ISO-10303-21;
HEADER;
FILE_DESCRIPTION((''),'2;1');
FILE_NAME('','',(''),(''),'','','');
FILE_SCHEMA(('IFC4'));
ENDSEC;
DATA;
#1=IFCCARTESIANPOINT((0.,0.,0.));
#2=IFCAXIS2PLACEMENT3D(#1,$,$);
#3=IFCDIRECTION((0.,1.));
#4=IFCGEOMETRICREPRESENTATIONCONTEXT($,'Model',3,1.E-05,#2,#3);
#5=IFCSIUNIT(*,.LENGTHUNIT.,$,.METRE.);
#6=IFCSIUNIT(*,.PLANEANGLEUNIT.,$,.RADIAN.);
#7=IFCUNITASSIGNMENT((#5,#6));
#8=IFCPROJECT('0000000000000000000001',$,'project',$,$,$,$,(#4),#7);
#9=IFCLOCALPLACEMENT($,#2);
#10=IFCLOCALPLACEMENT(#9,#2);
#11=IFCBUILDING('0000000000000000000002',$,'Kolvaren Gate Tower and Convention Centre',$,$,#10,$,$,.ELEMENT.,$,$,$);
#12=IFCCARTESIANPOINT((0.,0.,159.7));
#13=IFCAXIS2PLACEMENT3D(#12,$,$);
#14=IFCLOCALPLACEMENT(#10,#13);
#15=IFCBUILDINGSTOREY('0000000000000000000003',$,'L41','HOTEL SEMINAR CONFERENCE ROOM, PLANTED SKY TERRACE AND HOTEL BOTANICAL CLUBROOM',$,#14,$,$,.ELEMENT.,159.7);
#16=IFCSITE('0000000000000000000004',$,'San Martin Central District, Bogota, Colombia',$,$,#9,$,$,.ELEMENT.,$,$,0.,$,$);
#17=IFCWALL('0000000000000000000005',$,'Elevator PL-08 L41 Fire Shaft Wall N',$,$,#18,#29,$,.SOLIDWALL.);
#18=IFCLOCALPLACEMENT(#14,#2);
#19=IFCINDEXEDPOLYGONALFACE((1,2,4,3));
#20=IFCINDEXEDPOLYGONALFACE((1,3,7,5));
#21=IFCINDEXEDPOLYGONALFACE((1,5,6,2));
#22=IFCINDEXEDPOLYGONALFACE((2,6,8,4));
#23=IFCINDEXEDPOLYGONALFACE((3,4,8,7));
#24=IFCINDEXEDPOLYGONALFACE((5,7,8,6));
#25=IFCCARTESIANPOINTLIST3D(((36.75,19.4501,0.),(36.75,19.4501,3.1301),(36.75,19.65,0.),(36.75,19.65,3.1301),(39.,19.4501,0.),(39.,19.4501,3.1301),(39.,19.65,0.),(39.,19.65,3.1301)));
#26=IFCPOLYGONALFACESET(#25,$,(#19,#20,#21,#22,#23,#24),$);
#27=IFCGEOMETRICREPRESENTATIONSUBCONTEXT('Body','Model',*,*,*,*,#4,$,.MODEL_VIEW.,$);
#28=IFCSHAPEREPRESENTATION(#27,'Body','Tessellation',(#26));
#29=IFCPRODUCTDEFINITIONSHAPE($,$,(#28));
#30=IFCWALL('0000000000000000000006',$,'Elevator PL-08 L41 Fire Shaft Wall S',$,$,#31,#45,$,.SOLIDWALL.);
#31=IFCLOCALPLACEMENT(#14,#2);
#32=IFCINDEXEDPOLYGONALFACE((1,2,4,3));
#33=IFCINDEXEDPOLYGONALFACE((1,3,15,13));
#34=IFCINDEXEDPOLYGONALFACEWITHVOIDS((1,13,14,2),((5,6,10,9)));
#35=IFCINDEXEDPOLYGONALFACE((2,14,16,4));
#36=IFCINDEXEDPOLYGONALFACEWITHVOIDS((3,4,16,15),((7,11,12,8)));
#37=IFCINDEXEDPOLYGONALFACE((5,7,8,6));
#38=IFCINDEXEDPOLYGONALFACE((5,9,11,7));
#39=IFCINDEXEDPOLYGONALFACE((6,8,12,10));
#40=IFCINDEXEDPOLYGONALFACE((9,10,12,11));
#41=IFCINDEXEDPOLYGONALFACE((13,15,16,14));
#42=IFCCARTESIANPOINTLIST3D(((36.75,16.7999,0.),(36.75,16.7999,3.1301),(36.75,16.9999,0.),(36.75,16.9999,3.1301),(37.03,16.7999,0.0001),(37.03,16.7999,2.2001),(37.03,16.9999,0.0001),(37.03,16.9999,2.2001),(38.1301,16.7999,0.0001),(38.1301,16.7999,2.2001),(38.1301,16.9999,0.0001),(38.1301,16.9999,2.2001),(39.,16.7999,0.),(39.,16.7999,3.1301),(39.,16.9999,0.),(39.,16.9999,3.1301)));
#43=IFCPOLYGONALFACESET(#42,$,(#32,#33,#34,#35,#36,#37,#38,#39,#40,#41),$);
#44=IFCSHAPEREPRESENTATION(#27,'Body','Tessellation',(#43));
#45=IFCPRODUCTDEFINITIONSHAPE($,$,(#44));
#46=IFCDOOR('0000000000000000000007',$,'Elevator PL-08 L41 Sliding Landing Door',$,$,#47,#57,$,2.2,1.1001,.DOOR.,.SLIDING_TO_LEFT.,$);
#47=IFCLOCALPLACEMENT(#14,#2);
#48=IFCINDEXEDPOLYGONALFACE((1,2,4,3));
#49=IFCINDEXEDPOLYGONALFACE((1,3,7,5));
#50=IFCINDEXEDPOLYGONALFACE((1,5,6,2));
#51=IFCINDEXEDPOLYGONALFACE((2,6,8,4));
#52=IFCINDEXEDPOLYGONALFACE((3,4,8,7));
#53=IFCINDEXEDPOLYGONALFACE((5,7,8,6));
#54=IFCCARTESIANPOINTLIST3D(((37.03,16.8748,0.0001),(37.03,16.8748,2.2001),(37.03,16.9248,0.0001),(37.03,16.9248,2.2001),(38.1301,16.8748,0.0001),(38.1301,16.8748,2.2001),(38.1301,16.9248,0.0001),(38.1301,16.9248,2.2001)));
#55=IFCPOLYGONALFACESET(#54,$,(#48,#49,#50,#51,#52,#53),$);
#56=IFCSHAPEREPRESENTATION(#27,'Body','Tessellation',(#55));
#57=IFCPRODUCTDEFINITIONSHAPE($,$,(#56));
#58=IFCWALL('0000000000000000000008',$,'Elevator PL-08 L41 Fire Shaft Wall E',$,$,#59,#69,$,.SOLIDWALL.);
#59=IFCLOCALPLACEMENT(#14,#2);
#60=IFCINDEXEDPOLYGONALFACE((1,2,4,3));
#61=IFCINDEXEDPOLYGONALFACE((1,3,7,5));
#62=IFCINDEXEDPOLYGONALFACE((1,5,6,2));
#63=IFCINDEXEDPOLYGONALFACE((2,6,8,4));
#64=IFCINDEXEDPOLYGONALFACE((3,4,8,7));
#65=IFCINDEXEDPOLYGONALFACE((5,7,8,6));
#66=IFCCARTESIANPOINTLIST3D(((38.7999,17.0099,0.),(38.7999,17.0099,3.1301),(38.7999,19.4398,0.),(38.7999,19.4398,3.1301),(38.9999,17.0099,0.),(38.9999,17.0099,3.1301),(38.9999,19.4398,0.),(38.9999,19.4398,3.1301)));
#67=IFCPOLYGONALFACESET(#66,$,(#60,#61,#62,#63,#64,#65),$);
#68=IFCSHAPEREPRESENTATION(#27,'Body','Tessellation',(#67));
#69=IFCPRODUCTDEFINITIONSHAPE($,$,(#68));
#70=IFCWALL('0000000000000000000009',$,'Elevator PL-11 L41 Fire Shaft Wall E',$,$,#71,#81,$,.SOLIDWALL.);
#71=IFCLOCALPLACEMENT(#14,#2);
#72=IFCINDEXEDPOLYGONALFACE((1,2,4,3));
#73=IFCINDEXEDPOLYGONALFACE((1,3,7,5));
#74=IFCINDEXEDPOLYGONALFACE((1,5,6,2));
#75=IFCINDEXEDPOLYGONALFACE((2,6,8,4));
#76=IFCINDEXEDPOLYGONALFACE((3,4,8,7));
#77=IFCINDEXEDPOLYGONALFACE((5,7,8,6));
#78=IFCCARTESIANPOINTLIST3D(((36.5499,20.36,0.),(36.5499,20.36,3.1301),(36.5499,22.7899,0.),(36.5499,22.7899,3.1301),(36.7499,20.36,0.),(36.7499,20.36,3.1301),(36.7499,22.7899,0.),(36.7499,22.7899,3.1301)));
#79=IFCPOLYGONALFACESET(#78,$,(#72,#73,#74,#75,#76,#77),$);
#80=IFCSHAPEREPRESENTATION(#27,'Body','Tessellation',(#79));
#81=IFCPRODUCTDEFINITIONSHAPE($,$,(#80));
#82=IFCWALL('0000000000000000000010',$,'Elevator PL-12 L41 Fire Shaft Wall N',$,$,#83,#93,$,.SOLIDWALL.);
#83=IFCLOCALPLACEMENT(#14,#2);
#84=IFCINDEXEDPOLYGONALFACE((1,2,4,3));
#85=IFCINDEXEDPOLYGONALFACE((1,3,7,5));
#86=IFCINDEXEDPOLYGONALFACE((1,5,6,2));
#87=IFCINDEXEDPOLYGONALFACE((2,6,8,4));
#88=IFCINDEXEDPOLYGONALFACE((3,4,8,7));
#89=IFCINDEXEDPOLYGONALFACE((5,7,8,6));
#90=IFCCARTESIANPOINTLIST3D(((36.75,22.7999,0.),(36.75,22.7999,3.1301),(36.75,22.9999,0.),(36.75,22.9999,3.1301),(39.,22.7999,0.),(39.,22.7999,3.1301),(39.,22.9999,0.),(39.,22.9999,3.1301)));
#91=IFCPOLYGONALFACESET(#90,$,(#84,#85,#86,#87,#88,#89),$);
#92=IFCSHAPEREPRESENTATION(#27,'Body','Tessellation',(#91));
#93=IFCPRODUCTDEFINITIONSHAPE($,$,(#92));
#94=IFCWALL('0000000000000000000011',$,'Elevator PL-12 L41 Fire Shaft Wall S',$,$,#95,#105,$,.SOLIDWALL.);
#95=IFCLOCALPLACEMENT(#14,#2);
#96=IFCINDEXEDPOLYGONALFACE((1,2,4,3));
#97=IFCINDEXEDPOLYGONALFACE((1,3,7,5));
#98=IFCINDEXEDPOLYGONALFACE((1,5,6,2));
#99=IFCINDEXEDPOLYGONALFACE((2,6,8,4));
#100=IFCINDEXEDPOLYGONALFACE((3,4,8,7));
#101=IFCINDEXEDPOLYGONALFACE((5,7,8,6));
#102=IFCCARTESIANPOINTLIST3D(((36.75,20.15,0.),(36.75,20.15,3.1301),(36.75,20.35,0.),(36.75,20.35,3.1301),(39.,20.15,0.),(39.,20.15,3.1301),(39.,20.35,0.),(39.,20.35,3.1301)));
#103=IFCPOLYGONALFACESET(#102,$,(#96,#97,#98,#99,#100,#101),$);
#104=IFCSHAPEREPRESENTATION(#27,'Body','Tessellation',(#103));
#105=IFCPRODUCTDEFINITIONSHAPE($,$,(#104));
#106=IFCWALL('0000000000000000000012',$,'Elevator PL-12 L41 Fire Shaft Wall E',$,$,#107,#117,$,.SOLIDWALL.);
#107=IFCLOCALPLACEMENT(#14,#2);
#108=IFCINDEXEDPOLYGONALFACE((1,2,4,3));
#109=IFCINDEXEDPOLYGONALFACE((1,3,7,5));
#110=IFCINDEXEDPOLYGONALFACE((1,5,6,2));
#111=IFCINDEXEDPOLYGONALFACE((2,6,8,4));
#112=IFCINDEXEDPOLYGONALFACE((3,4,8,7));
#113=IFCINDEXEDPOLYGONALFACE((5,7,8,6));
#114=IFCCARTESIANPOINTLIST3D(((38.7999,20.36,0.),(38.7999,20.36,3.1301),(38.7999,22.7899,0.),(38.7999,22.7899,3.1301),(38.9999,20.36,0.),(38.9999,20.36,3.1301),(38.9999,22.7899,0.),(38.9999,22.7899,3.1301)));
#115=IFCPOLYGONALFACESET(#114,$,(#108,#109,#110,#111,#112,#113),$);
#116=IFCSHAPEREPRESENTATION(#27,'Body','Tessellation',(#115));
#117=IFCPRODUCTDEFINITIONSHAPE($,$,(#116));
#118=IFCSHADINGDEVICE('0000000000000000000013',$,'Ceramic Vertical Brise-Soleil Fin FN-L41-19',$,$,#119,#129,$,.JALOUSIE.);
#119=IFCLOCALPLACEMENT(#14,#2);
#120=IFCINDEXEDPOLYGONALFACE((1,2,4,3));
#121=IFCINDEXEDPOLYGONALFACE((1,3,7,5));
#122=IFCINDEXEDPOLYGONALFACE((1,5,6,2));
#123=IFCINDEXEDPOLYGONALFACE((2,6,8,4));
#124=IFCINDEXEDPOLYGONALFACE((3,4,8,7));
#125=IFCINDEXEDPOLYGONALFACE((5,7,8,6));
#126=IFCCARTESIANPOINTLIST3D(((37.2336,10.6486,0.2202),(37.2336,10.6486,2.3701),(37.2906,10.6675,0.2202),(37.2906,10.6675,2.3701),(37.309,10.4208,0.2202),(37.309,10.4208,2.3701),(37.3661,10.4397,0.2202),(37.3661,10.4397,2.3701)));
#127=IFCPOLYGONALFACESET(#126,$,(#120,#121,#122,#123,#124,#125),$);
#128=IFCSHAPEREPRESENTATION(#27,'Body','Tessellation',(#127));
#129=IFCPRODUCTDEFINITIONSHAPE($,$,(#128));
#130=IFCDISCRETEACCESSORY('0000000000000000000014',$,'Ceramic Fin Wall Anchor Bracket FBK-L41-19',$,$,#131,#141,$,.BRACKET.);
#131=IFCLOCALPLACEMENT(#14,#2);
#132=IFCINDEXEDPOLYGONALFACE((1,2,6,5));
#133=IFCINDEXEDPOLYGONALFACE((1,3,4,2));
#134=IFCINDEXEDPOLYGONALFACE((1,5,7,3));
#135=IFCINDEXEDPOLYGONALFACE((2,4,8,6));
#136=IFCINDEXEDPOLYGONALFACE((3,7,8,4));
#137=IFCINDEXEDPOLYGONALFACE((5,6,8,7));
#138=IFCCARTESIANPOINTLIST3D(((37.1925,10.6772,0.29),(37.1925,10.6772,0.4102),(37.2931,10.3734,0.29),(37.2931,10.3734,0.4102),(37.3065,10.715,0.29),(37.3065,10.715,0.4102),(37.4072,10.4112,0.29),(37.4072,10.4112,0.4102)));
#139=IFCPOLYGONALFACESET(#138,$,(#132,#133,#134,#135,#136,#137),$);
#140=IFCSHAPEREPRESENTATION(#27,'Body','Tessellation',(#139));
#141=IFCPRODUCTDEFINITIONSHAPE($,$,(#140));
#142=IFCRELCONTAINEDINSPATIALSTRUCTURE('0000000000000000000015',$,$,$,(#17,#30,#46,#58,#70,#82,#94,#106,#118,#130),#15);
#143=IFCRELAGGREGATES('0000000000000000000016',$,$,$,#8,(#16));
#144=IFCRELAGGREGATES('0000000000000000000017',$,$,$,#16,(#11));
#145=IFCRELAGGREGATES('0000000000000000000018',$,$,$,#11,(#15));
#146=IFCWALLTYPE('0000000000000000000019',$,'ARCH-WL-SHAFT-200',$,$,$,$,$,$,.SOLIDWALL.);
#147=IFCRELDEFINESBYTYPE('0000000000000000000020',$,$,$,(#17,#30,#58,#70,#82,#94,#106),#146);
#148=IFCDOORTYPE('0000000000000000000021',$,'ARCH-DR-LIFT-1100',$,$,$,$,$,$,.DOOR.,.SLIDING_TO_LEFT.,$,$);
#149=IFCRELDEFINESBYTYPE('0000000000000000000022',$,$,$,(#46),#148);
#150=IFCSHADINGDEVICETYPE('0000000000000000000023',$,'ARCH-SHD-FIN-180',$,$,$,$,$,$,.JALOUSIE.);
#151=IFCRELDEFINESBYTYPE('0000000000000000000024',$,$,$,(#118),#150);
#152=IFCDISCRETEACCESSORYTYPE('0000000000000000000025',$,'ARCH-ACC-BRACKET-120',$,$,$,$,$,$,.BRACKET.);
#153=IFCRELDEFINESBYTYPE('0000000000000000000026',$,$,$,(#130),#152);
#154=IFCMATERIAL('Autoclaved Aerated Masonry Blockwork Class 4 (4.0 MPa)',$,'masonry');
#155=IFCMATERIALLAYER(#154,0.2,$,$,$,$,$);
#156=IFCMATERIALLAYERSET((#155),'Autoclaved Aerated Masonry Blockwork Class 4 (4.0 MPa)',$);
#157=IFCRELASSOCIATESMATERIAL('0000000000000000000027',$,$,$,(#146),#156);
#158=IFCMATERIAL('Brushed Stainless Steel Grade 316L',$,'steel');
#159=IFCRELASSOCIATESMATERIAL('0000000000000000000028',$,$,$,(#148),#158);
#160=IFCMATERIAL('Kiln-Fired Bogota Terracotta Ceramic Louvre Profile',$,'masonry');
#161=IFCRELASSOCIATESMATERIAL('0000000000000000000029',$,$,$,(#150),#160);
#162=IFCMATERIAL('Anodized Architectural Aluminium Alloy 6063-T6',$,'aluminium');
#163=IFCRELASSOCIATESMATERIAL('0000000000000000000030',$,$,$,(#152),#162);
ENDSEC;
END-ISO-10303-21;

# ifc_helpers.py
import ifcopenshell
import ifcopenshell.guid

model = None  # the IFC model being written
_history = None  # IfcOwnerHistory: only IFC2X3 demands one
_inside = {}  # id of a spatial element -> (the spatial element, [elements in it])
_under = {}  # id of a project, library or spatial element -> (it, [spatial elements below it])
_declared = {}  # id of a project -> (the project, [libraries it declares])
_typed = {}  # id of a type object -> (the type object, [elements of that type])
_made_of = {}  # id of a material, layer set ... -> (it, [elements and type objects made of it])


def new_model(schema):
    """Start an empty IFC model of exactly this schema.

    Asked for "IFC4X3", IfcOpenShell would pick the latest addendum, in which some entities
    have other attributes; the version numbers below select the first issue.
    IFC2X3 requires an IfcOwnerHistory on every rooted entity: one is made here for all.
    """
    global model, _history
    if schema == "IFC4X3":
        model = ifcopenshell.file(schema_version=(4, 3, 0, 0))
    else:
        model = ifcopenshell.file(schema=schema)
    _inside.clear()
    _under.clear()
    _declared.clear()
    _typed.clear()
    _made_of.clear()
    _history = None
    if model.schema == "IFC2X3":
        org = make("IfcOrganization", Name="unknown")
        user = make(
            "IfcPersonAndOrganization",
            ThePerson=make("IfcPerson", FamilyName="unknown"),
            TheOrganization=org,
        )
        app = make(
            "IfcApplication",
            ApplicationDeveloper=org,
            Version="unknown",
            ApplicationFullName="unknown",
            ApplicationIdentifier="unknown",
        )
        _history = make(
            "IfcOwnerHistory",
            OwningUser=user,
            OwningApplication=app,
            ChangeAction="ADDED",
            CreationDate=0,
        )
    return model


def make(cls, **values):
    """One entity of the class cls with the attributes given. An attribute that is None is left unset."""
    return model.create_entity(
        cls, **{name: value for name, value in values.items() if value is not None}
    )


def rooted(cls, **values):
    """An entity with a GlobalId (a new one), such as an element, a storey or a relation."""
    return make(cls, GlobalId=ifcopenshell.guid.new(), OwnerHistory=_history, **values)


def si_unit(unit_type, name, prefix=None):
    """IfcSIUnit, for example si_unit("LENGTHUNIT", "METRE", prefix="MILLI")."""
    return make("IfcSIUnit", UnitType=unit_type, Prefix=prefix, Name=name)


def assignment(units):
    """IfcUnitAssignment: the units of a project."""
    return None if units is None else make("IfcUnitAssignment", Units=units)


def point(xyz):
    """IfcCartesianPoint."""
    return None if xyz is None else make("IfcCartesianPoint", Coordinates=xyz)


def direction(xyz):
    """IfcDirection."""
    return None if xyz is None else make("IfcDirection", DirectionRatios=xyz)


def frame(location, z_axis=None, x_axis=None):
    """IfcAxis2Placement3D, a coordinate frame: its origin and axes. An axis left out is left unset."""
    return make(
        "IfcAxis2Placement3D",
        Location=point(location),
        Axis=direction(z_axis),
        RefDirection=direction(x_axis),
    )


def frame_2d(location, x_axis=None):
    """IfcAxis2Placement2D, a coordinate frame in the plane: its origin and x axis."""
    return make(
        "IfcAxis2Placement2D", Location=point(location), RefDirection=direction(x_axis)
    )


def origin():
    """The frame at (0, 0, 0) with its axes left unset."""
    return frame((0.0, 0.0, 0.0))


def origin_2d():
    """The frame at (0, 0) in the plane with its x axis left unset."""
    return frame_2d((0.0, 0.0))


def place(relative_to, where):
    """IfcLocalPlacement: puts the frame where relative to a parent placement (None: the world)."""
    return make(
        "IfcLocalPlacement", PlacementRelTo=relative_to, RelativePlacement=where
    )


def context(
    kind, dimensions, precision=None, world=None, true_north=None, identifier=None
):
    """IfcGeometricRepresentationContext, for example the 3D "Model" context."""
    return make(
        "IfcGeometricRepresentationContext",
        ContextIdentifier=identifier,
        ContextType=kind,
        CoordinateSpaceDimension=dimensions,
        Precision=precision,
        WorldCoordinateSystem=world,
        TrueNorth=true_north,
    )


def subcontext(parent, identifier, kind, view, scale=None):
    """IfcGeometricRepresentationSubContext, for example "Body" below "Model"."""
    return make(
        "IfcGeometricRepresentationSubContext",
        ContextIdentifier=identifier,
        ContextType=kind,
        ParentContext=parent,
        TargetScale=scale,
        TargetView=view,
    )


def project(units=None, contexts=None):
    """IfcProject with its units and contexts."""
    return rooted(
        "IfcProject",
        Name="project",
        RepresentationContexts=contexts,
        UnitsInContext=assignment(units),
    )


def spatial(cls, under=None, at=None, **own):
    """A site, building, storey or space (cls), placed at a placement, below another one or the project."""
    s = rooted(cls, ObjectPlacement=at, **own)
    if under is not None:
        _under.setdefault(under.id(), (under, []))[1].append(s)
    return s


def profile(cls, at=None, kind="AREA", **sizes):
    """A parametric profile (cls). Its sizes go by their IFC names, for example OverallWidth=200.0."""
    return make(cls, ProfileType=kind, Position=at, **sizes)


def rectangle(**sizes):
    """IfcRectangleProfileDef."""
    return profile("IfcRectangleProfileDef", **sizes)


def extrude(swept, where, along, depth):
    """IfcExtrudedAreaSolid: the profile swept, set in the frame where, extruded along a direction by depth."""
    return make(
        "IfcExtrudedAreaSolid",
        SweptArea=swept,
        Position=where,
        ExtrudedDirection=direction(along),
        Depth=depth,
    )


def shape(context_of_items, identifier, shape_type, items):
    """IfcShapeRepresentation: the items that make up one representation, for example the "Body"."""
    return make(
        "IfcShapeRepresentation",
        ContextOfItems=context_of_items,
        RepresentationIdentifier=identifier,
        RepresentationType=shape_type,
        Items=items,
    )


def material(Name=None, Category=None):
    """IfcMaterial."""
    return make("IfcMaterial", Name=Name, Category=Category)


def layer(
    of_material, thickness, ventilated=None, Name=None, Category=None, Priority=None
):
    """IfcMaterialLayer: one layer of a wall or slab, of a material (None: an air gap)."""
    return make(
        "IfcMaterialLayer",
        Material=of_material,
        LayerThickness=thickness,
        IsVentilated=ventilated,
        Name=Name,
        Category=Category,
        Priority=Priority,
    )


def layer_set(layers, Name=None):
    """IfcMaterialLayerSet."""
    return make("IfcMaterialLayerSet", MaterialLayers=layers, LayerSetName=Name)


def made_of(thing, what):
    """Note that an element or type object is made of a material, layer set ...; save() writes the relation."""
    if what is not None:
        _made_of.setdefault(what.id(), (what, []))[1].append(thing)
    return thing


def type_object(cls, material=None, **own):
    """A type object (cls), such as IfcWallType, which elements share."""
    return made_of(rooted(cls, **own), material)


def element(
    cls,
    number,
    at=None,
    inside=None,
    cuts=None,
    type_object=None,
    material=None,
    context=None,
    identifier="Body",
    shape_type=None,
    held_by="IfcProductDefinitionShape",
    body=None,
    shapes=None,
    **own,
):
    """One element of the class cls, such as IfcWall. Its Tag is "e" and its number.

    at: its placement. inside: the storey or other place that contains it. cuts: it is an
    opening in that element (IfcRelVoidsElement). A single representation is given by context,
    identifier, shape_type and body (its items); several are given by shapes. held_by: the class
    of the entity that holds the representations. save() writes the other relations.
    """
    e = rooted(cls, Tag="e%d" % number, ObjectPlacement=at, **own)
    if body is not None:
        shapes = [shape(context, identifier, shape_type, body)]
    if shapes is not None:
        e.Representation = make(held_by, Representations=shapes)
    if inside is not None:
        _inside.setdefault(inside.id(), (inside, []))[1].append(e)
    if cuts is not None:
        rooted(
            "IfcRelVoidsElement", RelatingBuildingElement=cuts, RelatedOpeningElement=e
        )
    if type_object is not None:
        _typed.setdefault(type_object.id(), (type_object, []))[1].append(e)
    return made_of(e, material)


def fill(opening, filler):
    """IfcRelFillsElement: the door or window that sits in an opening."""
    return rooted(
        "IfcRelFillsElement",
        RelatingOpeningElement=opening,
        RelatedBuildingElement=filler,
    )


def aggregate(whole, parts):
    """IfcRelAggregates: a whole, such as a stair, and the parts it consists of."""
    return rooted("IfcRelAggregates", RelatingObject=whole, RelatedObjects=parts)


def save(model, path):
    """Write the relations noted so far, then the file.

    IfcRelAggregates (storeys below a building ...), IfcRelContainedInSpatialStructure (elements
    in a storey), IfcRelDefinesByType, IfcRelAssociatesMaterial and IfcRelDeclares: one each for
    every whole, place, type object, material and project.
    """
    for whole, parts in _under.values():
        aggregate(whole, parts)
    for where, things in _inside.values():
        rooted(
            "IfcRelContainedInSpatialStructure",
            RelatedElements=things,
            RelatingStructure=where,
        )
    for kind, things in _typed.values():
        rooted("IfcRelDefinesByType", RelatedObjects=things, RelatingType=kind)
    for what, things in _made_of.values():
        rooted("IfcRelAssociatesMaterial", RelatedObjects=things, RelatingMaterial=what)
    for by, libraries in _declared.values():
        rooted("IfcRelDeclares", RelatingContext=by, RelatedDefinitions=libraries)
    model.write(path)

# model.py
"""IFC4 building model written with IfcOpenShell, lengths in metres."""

from ifc_helpers import new_model, si_unit, direction, frame, frame_2d, origin, origin_2d, place, context, subcontext, project, spatial, rectangle, extrude, material, layer, layer_set, type_object, element, fill, save


model = new_model("IFC4")

# Units and contexts
model_context = context("Model", 3, precision=1e-05, world=origin(), true_north=direction((0.0, 1.0)))
body_context = subcontext(model_context, "Body", "Model", "MODEL_VIEW")
ifc_project = project(units=[si_unit("LENGTHUNIT", "METRE"), si_unit("PLANEANGLEUNIT", "RADIAN")], contexts=[model_context])

# Site, building, storey
site_placement = place(None, origin())
site = spatial("IfcSite", under=ifc_project, at=site_placement, Name="San Martin Central District, Bogota, Colombia", CompositionType="ELEMENT", RefElevation=0.0)
building_placement = place(site_placement, origin())
building = spatial("IfcBuilding", under=site, at=building_placement, Name="Kolvaren Gate Tower and Convention Centre", CompositionType="ELEMENT")
storey_placement = place(building_placement, frame((0.0, 0.0, 159.7)))
storey = spatial("IfcBuildingStorey", under=building, at=storey_placement, Name="L41", Description="HOTEL SEMINAR CONFERENCE ROOM, PLANTED SKY TERRACE AND HOTEL BOTANICAL CLUBROOM", CompositionType="ELEMENT", Elevation=159.7)

# Wall
ifc_material_1 = material(Name="Autoclaved Aerated Masonry Blockwork Class 4 (4.0 MPa)", Category="masonry")
ifc_layer_1 = layer(ifc_material_1, 0.2)
ifc_layer_set_1 = layer_set([ifc_layer_1], Name="Autoclaved Aerated Masonry Blockwork Class 4 (4.0 MPa)")
wall_type_1 = type_object("IfcWallType", Name="ARCH-WL-SHAFT-200", PredefinedType="SOLIDWALL", material=ifc_layer_set_1)
wall_1_placement = place(storey_placement, frame((36.75, 19.55, 0.0), z_axis=(0.0, 0.0, 1.0), x_axis=(1.0, 0.0, 0.0)))
element("IfcWall", 1, at=wall_1_placement, inside=storey, type_object=wall_type_1, Name="Elevator PL-08 L41 Fire Shaft Wall N", PredefinedType="SOLIDWALL", context=body_context, shape_type="SweptSolid", body=[
    extrude(rectangle(XDim=2.25, YDim=0.2, at=frame_2d((1.125, 0.0))), origin(), (0.0, 0.0, 1.0), 3.1301),
])

# Wall, opening, door
wall_2_placement = place(storey_placement, frame((36.75, 16.8999, 0.0), z_axis=(0.0, 0.0, 1.0), x_axis=(1.0, 0.0, 0.0)))
wall_2 = element("IfcWall", 2, at=wall_2_placement, inside=storey, type_object=wall_type_1, Name="Elevator PL-08 L41 Fire Shaft Wall S", PredefinedType="SOLIDWALL", context=body_context, shape_type="SweptSolid", body=[
    extrude(rectangle(XDim=2.25, YDim=0.2, at=frame_2d((1.125, 0.0))), origin(), (0.0, 0.0, 1.0), 3.1301),
])
opening_1_placement = place(wall_2_placement, frame((0.28, 0.0, 0.0)))
opening_1 = element("IfcOpeningElement", 3, at=opening_1_placement, cuts=wall_2, PredefinedType="OPENING", context=body_context, shape_type="SweptSolid", body=[
    extrude(rectangle(XDim=1.1001, YDim=2.2, at=frame_2d((0.55, 1.1001))), frame((0.0, 0.1099, 0.0), z_axis=(0.0, -1.0, 0.0), x_axis=(1.0, 0.0, 0.0)), (0.0, 0.0, 1.0), 0.22),
])
ifc_material_2 = material(Name="Brushed Stainless Steel Grade 316L", Category="steel")
door_type_1 = type_object("IfcDoorType", Name="ARCH-DR-LIFT-1100", OperationType="SLIDING_TO_LEFT", PredefinedType="DOOR", material=ifc_material_2)
door_1_placement = place(opening_1_placement, origin())
door_1 = element("IfcDoor", 4, at=door_1_placement, inside=storey, type_object=door_type_1, Name="Elevator PL-08 L41 Sliding Landing Door", OperationType="SLIDING_TO_LEFT", OverallHeight=2.2, OverallWidth=1.1001, PredefinedType="DOOR", context=body_context, shape_type="SweptSolid", body=[
    extrude(rectangle(XDim=1.1001, YDim=2.2, at=frame_2d((0.55, 1.1001))), frame((0.0, 0.0249, 0.0), z_axis=(0.0, -1.0, 0.0), x_axis=(1.0, 0.0, 0.0)), (0.0, 0.0, 1.0), 0.05),
])
fill(opening_1, door_1)

# Walls
for number, where, z_axis, x_axis, name in (
    (5, (38.8999, 17.01, 0.0), (0.0, 0.0, 1.0), (0.0, 1.0, 0.0), "Elevator PL-08 L41 Fire Shaft Wall E"),
    (6, (36.6499, 20.3601, 0.0), (0.0, 0.0, 1.0), (0.0, 1.0, 0.0), "Elevator PL-11 L41 Fire Shaft Wall E"),
):
    element("IfcWall", number, at=place(storey_placement, frame(where, z_axis=z_axis, x_axis=x_axis)), inside=storey, type_object=wall_type_1, Name=name, PredefinedType="SOLIDWALL", context=body_context, shape_type="SweptSolid", body=[
        extrude(rectangle(XDim=2.4299, YDim=0.2, at=frame_2d((1.2148, 0.0))), origin(), (0.0, 0.0, 1.0), 3.1301),
    ])
for number, where, z_axis, x_axis, name in (
    (7, (36.75, 22.8999, 0.0), (0.0, 0.0, 1.0), (1.0, 0.0, 0.0), "Elevator PL-12 L41 Fire Shaft Wall N"),
    (8, (36.75, 20.25, 0.0), (0.0, 0.0, 1.0), (1.0, 0.0, 0.0), "Elevator PL-12 L41 Fire Shaft Wall S"),
):
    element("IfcWall", number, at=place(storey_placement, frame(where, z_axis=z_axis, x_axis=x_axis)), inside=storey, type_object=wall_type_1, Name=name, PredefinedType="SOLIDWALL", context=body_context, shape_type="SweptSolid", body=[
        extrude(rectangle(XDim=2.25, YDim=0.2, at=frame_2d((1.125, 0.0))), origin(), (0.0, 0.0, 1.0), 3.1301),
    ])
wall_3_placement = place(storey_placement, frame((38.8999, 20.3601, 0.0), z_axis=(0.0, 0.0, 1.0), x_axis=(0.0, 1.0, 0.0)))
element("IfcWall", 9, at=wall_3_placement, inside=storey, type_object=wall_type_1, Name="Elevator PL-12 L41 Fire Shaft Wall E", PredefinedType="SOLIDWALL", context=body_context, shape_type="SweptSolid", body=[
    extrude(rectangle(XDim=2.4299, YDim=0.2, at=frame_2d((1.2148, 0.0))), origin(), (0.0, 0.0, 1.0), 3.1301),
])

# Shading device
ifc_material_3 = material(Name="Kiln-Fired Bogota Terracotta Ceramic Louvre Profile", Category="masonry")
shading_device_type = type_object("IfcShadingDeviceType", Name="ARCH-SHD-FIN-180", PredefinedType="JALOUSIE", material=ifc_material_3)
shading_device_placement = place(storey_placement, frame((37.2998, 10.5442, 0.2202), z_axis=(0.0, 0.0, 1.0), x_axis=(0.94924, 0.314554, 0.0)))
element("IfcShadingDevice", 10, at=shading_device_placement, inside=storey, type_object=shading_device_type, Name="Ceramic Vertical Brise-Soleil Fin FN-L41-19", PredefinedType="JALOUSIE", context=body_context, shape_type="SweptSolid", body=[
    extrude(rectangle(XDim=0.0601, YDim=0.24, at=origin_2d()), origin(), (0.0, 0.0, 1.0), 2.1499),
])

# Discrete accessory
ifc_material_4 = material(Name="Anodized Architectural Aluminium Alloy 6063-T6", Category="aluminium")
discrete_accessory_type = type_object("IfcDiscreteAccessoryType", Name="ARCH-ACC-BRACKET-120", PredefinedType="BRACKET", material=ifc_material_4)
discrete_accessory_placement = place(storey_placement, frame((37.2998, 10.5442, 0.29), z_axis=(0.0, 0.0, 1.0), x_axis=(0.94924, 0.314554, 0.0)))
element("IfcDiscreteAccessory", 11, at=discrete_accessory_placement, inside=storey, type_object=discrete_accessory_type, Name="Ceramic Fin Wall Anchor Bracket FBK-L41-19", PredefinedType="BRACKET", context=body_context, shape_type="SweptSolid", body=[
    extrude(rectangle(XDim=0.1201, YDim=0.3201, at=origin_2d()), origin(), (0.0, 0.0, 1.0), 0.1201),
])

save(model, "model.ifc")
